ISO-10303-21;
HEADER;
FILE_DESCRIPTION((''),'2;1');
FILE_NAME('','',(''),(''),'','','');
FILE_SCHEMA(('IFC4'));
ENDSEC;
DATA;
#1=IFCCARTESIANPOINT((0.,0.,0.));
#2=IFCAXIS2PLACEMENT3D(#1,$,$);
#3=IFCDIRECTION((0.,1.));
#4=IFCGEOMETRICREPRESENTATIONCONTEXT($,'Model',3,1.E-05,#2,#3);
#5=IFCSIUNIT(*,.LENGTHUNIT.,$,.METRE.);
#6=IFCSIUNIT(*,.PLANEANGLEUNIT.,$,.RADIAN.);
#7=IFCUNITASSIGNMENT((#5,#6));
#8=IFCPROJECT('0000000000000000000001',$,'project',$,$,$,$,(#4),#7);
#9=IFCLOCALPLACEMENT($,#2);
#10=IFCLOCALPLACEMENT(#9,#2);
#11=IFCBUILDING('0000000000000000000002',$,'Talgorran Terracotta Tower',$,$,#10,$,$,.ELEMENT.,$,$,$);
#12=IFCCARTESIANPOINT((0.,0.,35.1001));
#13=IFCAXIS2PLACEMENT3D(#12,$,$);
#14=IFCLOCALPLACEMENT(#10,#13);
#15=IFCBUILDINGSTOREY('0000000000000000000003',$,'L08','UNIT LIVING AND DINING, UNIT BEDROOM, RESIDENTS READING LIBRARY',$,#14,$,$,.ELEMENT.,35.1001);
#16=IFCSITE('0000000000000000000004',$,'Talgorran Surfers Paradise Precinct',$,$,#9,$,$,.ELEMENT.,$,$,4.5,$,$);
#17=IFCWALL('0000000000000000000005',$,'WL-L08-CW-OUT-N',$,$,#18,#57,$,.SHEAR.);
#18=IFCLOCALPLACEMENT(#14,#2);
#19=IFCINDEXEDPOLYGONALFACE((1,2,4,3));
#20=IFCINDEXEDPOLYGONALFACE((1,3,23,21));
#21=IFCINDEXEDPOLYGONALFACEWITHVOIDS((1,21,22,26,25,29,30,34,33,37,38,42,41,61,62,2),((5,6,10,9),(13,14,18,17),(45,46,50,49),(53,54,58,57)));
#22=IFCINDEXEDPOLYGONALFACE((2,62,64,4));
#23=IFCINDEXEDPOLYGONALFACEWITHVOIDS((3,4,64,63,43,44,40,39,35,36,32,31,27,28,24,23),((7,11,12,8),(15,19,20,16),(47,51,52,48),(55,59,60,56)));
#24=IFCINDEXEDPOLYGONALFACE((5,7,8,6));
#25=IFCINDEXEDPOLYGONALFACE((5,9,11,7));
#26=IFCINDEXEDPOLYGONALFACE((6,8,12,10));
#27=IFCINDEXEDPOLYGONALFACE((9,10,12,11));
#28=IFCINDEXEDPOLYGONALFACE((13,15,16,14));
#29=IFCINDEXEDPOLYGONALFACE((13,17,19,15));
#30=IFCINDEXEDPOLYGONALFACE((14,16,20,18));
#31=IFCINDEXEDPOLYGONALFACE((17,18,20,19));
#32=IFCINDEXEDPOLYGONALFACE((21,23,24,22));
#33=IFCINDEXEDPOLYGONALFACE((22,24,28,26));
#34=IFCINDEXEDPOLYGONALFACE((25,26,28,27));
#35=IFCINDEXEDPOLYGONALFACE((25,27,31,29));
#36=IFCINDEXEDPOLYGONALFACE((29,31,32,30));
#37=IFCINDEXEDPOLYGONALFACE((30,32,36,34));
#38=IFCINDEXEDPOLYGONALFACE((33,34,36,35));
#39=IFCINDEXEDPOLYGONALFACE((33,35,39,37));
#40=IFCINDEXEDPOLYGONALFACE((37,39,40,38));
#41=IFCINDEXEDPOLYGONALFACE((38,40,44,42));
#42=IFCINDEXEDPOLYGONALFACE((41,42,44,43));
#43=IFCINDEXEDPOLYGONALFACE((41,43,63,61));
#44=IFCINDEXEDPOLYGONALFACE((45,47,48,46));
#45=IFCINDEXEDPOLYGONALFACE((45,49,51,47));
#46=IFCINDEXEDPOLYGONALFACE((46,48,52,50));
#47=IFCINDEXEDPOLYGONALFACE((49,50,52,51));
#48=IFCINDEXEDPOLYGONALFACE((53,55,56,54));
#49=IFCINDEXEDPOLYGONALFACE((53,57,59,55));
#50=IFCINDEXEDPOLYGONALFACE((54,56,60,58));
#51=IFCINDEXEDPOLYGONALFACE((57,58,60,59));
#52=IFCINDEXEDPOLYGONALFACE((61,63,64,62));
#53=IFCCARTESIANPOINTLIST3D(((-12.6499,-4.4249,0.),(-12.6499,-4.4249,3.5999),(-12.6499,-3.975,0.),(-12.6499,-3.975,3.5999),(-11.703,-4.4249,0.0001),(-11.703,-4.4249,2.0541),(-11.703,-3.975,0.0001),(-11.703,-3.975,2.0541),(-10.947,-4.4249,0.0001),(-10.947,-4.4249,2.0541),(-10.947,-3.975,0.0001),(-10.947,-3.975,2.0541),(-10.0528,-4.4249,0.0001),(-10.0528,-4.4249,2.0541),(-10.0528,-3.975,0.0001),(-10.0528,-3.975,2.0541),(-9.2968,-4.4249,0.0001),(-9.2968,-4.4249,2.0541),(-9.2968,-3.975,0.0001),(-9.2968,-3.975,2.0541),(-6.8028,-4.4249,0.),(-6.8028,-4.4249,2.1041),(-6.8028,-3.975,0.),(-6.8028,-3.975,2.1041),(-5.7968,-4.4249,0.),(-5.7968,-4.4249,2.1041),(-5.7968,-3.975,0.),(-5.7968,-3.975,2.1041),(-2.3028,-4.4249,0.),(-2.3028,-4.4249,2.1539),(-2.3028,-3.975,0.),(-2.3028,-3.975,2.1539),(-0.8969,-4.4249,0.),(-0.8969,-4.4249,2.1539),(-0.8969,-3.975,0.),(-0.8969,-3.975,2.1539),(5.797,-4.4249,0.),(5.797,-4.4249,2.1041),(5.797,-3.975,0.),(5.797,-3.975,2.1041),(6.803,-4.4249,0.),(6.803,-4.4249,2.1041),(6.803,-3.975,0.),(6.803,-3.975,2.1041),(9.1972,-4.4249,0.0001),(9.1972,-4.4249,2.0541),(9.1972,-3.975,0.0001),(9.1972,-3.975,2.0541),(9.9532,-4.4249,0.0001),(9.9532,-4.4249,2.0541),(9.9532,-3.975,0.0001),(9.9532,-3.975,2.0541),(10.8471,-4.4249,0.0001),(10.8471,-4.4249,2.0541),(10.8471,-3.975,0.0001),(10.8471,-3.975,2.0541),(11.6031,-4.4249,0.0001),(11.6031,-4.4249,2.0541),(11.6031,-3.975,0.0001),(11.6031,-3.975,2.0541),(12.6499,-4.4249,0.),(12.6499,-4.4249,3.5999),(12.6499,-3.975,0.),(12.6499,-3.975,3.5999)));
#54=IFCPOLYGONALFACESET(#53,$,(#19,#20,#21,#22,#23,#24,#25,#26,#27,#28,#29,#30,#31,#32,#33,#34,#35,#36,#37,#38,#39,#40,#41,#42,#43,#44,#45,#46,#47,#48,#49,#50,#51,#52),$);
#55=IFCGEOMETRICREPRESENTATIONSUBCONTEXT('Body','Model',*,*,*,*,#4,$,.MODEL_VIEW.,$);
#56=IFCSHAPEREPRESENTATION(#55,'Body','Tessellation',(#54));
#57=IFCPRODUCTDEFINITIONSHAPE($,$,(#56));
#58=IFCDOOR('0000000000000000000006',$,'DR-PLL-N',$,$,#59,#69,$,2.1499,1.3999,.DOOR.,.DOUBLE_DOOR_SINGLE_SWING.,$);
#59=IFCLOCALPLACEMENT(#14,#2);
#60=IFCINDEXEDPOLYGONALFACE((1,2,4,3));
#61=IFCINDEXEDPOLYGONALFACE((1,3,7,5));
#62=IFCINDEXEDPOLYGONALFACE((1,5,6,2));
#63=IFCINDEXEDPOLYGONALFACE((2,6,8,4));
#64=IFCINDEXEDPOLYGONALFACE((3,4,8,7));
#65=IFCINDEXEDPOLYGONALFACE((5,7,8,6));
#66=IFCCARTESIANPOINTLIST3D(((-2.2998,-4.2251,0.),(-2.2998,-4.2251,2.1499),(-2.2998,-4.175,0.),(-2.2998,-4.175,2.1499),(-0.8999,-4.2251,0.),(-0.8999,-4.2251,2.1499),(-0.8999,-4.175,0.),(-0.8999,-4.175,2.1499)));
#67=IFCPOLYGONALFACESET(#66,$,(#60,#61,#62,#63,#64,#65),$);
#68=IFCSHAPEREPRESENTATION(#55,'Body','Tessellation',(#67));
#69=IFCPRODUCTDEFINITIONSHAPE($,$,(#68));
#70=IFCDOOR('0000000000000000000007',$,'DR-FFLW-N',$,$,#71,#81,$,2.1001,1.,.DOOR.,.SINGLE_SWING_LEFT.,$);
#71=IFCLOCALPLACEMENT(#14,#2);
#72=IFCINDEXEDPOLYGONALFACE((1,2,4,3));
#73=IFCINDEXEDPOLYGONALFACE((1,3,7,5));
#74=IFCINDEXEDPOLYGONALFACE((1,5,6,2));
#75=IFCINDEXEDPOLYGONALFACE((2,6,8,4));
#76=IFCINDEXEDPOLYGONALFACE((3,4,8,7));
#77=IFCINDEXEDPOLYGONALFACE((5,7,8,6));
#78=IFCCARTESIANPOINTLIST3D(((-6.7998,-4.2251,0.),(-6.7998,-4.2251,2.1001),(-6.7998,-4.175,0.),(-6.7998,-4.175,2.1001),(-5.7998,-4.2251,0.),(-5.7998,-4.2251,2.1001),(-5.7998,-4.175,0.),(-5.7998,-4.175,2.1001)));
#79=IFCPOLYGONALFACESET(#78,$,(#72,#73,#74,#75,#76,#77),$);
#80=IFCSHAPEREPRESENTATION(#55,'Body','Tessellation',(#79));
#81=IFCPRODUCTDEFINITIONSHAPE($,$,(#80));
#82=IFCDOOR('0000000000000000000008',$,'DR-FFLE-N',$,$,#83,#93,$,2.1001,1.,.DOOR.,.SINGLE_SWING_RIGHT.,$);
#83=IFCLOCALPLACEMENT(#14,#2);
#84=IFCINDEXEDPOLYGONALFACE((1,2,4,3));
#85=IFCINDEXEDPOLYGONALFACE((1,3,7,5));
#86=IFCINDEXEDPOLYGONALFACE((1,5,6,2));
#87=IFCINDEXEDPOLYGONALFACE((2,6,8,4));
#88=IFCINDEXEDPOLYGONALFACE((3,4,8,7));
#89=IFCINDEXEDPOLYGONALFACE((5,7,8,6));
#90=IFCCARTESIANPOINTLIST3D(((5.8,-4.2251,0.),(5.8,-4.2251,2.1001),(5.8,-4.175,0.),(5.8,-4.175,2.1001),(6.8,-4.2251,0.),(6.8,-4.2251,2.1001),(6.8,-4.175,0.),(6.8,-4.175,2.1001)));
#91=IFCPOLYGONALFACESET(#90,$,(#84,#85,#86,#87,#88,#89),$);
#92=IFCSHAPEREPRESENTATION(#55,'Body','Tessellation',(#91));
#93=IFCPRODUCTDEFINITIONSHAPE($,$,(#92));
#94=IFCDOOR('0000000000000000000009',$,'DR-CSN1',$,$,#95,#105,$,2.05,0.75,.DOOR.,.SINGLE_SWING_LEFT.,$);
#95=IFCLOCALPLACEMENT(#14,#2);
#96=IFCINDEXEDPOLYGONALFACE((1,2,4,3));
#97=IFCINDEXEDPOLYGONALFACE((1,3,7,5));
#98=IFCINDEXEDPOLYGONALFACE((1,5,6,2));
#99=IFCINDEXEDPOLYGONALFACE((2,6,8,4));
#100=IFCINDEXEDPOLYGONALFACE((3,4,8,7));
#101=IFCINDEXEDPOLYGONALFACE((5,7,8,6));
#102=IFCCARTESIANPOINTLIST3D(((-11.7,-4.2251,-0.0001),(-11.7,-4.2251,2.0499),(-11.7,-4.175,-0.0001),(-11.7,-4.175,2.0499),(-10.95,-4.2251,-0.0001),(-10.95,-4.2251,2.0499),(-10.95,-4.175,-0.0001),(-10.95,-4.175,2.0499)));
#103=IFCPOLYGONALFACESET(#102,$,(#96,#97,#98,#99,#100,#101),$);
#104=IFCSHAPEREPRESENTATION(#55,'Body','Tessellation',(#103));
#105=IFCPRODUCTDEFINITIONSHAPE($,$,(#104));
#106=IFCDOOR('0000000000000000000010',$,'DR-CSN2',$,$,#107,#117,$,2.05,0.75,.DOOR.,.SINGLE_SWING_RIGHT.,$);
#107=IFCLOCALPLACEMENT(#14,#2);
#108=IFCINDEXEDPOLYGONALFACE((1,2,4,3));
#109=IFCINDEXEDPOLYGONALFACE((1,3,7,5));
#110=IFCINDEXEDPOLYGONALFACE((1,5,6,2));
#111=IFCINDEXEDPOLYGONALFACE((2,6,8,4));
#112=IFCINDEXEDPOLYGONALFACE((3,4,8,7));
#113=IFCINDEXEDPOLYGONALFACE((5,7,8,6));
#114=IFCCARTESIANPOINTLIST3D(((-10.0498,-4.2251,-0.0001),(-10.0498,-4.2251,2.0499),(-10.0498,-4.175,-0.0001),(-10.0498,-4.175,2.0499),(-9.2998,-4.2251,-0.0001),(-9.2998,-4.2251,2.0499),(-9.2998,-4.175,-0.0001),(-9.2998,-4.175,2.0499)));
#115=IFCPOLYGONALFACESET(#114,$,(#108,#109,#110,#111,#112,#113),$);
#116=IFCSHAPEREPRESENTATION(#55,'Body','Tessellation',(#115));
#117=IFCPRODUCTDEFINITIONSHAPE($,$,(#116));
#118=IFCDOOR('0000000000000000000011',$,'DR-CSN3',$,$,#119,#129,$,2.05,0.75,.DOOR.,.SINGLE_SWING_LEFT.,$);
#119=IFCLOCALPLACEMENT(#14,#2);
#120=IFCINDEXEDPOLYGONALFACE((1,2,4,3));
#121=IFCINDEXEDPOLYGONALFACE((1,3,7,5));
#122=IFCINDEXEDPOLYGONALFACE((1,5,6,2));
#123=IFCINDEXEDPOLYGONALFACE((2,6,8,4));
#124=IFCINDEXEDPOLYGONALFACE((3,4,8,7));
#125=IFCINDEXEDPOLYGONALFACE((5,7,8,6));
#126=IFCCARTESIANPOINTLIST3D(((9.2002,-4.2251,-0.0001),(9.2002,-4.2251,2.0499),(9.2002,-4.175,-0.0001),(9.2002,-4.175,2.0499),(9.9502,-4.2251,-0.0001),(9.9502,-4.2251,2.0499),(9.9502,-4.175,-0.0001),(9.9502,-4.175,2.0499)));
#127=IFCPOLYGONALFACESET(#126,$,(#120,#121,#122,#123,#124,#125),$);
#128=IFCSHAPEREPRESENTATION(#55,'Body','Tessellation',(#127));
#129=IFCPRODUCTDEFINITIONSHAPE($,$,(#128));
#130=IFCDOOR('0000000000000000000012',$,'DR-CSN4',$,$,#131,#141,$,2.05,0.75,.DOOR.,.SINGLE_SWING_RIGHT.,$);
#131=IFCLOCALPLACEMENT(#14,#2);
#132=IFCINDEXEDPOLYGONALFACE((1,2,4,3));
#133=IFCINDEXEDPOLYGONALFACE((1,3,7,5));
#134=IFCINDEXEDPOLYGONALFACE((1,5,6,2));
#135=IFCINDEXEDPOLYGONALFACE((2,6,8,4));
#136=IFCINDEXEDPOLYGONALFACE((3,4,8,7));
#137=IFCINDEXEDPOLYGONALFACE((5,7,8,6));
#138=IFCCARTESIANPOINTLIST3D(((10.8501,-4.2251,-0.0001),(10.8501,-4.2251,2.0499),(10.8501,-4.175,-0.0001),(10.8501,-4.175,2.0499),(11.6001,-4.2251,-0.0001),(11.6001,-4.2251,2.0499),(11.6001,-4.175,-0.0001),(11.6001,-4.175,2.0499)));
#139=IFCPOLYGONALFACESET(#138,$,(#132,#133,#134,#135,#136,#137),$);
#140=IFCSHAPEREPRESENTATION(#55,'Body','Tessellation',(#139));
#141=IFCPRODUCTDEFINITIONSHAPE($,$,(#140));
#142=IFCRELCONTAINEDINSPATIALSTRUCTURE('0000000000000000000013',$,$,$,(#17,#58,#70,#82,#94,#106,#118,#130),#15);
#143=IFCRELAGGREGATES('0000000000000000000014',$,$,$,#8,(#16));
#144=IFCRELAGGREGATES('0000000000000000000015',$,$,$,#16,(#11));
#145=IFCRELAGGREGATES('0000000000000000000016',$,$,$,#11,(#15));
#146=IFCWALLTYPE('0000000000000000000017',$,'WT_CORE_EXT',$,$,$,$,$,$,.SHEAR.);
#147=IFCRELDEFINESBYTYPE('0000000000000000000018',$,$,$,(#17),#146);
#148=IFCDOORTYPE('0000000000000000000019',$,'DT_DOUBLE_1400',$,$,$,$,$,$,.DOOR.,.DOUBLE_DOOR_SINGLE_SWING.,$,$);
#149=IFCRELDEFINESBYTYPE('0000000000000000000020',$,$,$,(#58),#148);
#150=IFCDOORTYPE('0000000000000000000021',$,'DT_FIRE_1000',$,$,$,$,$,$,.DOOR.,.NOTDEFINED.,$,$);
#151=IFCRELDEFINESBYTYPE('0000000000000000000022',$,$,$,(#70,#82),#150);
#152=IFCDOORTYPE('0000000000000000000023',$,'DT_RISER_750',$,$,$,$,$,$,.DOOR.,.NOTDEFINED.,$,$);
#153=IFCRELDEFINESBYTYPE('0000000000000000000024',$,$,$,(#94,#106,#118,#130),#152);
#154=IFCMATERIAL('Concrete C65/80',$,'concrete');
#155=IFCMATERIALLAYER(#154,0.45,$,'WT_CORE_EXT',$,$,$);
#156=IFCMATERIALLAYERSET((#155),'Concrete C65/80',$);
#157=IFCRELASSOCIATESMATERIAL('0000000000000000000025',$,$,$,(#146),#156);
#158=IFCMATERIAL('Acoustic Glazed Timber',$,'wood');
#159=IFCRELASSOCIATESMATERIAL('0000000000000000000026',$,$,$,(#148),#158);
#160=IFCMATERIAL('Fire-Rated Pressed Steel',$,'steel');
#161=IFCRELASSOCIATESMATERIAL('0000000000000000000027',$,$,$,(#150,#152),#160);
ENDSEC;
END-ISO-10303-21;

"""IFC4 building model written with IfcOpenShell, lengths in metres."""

from ifc_helpers import new_model, si_unit, direction, frame, frame_2d, origin, place, context, subcontext, project, spatial, rectangle, extrude, material, layer, layer_set, type_object, element, fill, save


model = new_model("IFC4")

# Units and contexts
model_context = context("Model", 3, precision=1e-05, world=origin(), true_north=direction((0.0, 1.0)))
body_context = subcontext(model_context, "Body", "Model", "MODEL_VIEW")
ifc_project = project(units=[si_unit("LENGTHUNIT", "METRE"), si_unit("PLANEANGLEUNIT", "RADIAN")], contexts=[model_context])

# Site, building, storey
site_placement = place(None, origin())
site = spatial("IfcSite", under=ifc_project, at=site_placement, Name="Talgorran Surfers Paradise Precinct", CompositionType="ELEMENT", RefElevation=4.5)
building_placement = place(site_placement, origin())
building = spatial("IfcBuilding", under=site, at=building_placement, Name="Talgorran Terracotta Tower", CompositionType="ELEMENT")
storey_placement = place(building_placement, frame((0.0, 0.0, 35.1001)))
storey = spatial("IfcBuildingStorey", under=building, at=storey_placement, Name="L08", Description="UNIT LIVING AND DINING, UNIT BEDROOM, RESIDENTS READING LIBRARY", CompositionType="ELEMENT", Elevation=35.1001)

# Wall, openings, doors
ifc_material_1 = material(Name="Concrete C65/80", Category="concrete")
ifc_layer_1 = layer(ifc_material_1, 0.45, Name="WT_CORE_EXT")
ifc_layer_set_1 = layer_set([ifc_layer_1], Name="Concrete C65/80")
wall_type_1 = type_object("IfcWallType", Name="WT_CORE_EXT", PredefinedType="SHEAR", material=ifc_layer_set_1)
wall_1_placement = place(storey_placement, frame((-12.6499, -4.2, 0.0), z_axis=(0.0, 0.0, 1.0), x_axis=(1.0, 0.0, 0.0)))
wall_1 = element("IfcWall", 1, at=wall_1_placement, inside=storey, type_object=wall_type_1, Name="WL-L08-CW-OUT-N", PredefinedType="SHEAR", context=body_context, shape_type="SweptSolid", body=[
    extrude(rectangle(XDim=25.2998, YDim=0.45, at=frame_2d((12.6499, 0.0))), origin(), (0.0, 0.0, 1.0), 3.5999),
])
opening_1_placement = place(wall_1_placement, frame((0.95, 0.0, 0.0)))
opening_1 = element("IfcOpeningElement", 2, at=opening_1_placement, cuts=wall_1, PredefinedType="OPENING", context=body_context, shape_type="SweptSolid", body=[
    extrude(rectangle(XDim=0.756, YDim=2.054, at=frame_2d((0.375, 1.0271))), frame((0.0, 0.2349, 0.0), z_axis=(0.0, -1.0, 0.0), x_axis=(1.0, 0.0, 0.0)), (0.0, 0.0, 1.0), 0.47),
])
opening_2_placement = place(wall_1_placement, frame((2.6001, 0.0, 0.0)))
opening_2 = element("IfcOpeningElement", 3, at=opening_2_placement, cuts=wall_1, PredefinedType="OPENING", context=body_context, shape_type="SweptSolid", body=[
    extrude(rectangle(XDim=0.756, YDim=2.054, at=frame_2d((0.375, 1.0271))), frame((0.0, 0.2349, 0.0), z_axis=(0.0, -1.0, 0.0), x_axis=(1.0, 0.0, 0.0)), (0.0, 0.0, 1.0), 0.47),
])
opening_3_placement = place(wall_1_placement, frame((21.8501, 0.0, 0.0)))
opening_3 = element("IfcOpeningElement", 4, at=opening_3_placement, cuts=wall_1, PredefinedType="OPENING", context=body_context, shape_type="SweptSolid", body=[
    extrude(rectangle(XDim=0.756, YDim=2.054, at=frame_2d((0.375, 1.0271))), frame((0.0, 0.2349, 0.0), z_axis=(0.0, -1.0, 0.0), x_axis=(1.0, 0.0, 0.0)), (0.0, 0.0, 1.0), 0.47),
])
opening_4_placement = place(wall_1_placement, frame((23.5, 0.0, 0.0)))
opening_4 = element("IfcOpeningElement", 5, at=opening_4_placement, cuts=wall_1, PredefinedType="OPENING", context=body_context, shape_type="SweptSolid", body=[
    extrude(rectangle(XDim=0.756, YDim=2.054, at=frame_2d((0.375, 1.0271))), frame((0.0, 0.2349, 0.0), z_axis=(0.0, -1.0, 0.0), x_axis=(1.0, 0.0, 0.0)), (0.0, 0.0, 1.0), 0.47),
])
opening_5_placement = place(wall_1_placement, frame((5.8501, 0.0, 0.0)))
opening_5 = element("IfcOpeningElement", 6, at=opening_5_placement, cuts=wall_1, PredefinedType="OPENING", context=body_context, shape_type="SweptSolid", body=[
    extrude(rectangle(XDim=1.006, YDim=2.1041, at=frame_2d((0.5, 1.052))), frame((0.0, 0.2349, 0.0), z_axis=(0.0, -1.0, 0.0), x_axis=(1.0, 0.0, 0.0)), (0.0, 0.0, 1.0), 0.47),
])
opening_6_placement = place(wall_1_placement, frame((10.3501, 0.0, 0.0)))
opening_6 = element("IfcOpeningElement", 7, at=opening_6_placement, cuts=wall_1, PredefinedType="OPENING", context=body_context, shape_type="SweptSolid", body=[
    extrude(rectangle(XDim=1.4059, YDim=2.1539, at=frame_2d((0.7, 1.0769))), frame((0.0, 0.2349, 0.0), z_axis=(0.0, -1.0, 0.0), x_axis=(1.0, 0.0, 0.0)), (0.0, 0.0, 1.0), 0.47),
])
opening_7_placement = place(wall_1_placement, frame((18.45, 0.0, 0.0)))
opening_7 = element("IfcOpeningElement", 8, at=opening_7_placement, cuts=wall_1, PredefinedType="OPENING", context=body_context, shape_type="SweptSolid", body=[
    extrude(rectangle(XDim=1.006, YDim=2.1041, at=frame_2d((0.5, 1.052))), frame((0.0, 0.2349, 0.0), z_axis=(0.0, -1.0, 0.0), x_axis=(1.0, 0.0, 0.0)), (0.0, 0.0, 1.0), 0.47),
])
ifc_material_2 = material(Name="Acoustic Glazed Timber", Category="wood")
door_type_1 = type_object("IfcDoorType", Name="DT_DOUBLE_1400", OperationType="DOUBLE_DOOR_SINGLE_SWING", PredefinedType="DOOR", material=ifc_material_2)
door_1_placement = place(opening_6_placement, origin())
door_1 = element("IfcDoor", 9, at=door_1_placement, inside=storey, type_object=door_type_1, Name="DR-PLL-N", OperationType="DOUBLE_DOOR_SINGLE_SWING", OverallHeight=2.1499, OverallWidth=1.3999, PredefinedType="DOOR", context=body_context, shape_type="SweptSolid", body=[
    extrude(rectangle(XDim=1.3999, YDim=2.1499, at=frame_2d((0.7, 1.075))), frame((0.0, 0.0249, 0.0), z_axis=(0.0, -1.0, 0.0), x_axis=(1.0, 0.0, 0.0)), (0.0, 0.0, 1.0), 0.05),
])
fill(opening_6, door_1)
ifc_material_3 = material(Name="Fire-Rated Pressed Steel", Category="steel")
door_type_2 = type_object("IfcDoorType", Name="DT_FIRE_1000", OperationType="NOTDEFINED", PredefinedType="DOOR", material=ifc_material_3)
door_2_placement = place(opening_5_placement, origin())
door_2 = element("IfcDoor", 10, at=door_2_placement, inside=storey, type_object=door_type_2, Name="DR-FFLW-N", OperationType="SINGLE_SWING_LEFT", OverallHeight=2.1001, OverallWidth=1.0, PredefinedType="DOOR", context=body_context, shape_type="SweptSolid", body=[
    extrude(rectangle(XDim=1.0, YDim=2.1001, at=frame_2d((0.5, 1.05))), frame((0.0, 0.0249, 0.0), z_axis=(0.0, -1.0, 0.0), x_axis=(1.0, 0.0, 0.0)), (0.0, 0.0, 1.0), 0.05),
])
fill(opening_5, door_2)
door_3_placement = place(opening_7_placement, origin())
door_3 = element("IfcDoor", 11, at=door_3_placement, inside=storey, type_object=door_type_2, Name="DR-FFLE-N", OperationType="SINGLE_SWING_RIGHT", OverallHeight=2.1001, OverallWidth=1.0, PredefinedType="DOOR", context=body_context, shape_type="SweptSolid", body=[
    extrude(rectangle(XDim=1.0, YDim=2.1001, at=frame_2d((0.5, 1.05))), frame((0.0, 0.0249, 0.0), z_axis=(0.0, -1.0, 0.0), x_axis=(1.0, 0.0, 0.0)), (0.0, 0.0, 1.0), 0.05),
])
fill(opening_7, door_3)
door_type_3 = type_object("IfcDoorType", Name="DT_RISER_750", OperationType="NOTDEFINED", PredefinedType="DOOR", material=ifc_material_3)
door_4_placement = place(opening_1_placement, origin())
door_4 = element("IfcDoor", 12, at=door_4_placement, inside=storey, type_object=door_type_3, Name="DR-CSN1", OperationType="SINGLE_SWING_LEFT", OverallHeight=2.05, OverallWidth=0.75, PredefinedType="DOOR", context=body_context, shape_type="SweptSolid", body=[
    extrude(rectangle(XDim=0.75, YDim=2.05, at=frame_2d((0.375, 1.0249))), frame((0.0, 0.0249, 0.0), z_axis=(0.0, -1.0, 0.0), x_axis=(1.0, 0.0, 0.0)), (0.0, 0.0, 1.0), 0.05),
])
fill(opening_1, door_4)
door_5_placement = place(opening_2_placement, origin())
door_5 = element("IfcDoor", 13, at=door_5_placement, inside=storey, type_object=door_type_3, Name="DR-CSN2", OperationType="SINGLE_SWING_RIGHT", OverallHeight=2.05, OverallWidth=0.75, PredefinedType="DOOR", context=body_context, shape_type="SweptSolid", body=[
    extrude(rectangle(XDim=0.75, YDim=2.05, at=frame_2d((0.375, 1.0249))), frame((0.0, 0.0249, 0.0), z_axis=(0.0, -1.0, 0.0), x_axis=(1.0, 0.0, 0.0)), (0.0, 0.0, 1.0), 0.05),
])
fill(opening_2, door_5)
door_6_placement = place(opening_3_placement, origin())
door_6 = element("IfcDoor", 14, at=door_6_placement, inside=storey, type_object=door_type_3, Name="DR-CSN3", OperationType="SINGLE_SWING_LEFT", OverallHeight=2.05, OverallWidth=0.75, PredefinedType="DOOR", context=body_context, shape_type="SweptSolid", body=[
    extrude(rectangle(XDim=0.75, YDim=2.05, at=frame_2d((0.375, 1.0249))), frame((0.0, 0.0249, 0.0), z_axis=(0.0, -1.0, 0.0), x_axis=(1.0, 0.0, 0.0)), (0.0, 0.0, 1.0), 0.05),
])
fill(opening_3, door_6)
door_7_placement = place(opening_4_placement, origin())
door_7 = element("IfcDoor", 15, at=door_7_placement, inside=storey, type_object=door_type_3, Name="DR-CSN4", OperationType="SINGLE_SWING_RIGHT", OverallHeight=2.05, OverallWidth=0.75, PredefinedType="DOOR", context=body_context, shape_type="SweptSolid", body=[
    extrude(rectangle(XDim=0.75, YDim=2.05, at=frame_2d((0.375, 1.0249))), frame((0.0, 0.0249, 0.0), z_axis=(0.0, -1.0, 0.0), x_axis=(1.0, 0.0, 0.0)), (0.0, 0.0, 1.0), 0.05),
])
fill(opening_4, door_7)

save(model, "model.ifc")
